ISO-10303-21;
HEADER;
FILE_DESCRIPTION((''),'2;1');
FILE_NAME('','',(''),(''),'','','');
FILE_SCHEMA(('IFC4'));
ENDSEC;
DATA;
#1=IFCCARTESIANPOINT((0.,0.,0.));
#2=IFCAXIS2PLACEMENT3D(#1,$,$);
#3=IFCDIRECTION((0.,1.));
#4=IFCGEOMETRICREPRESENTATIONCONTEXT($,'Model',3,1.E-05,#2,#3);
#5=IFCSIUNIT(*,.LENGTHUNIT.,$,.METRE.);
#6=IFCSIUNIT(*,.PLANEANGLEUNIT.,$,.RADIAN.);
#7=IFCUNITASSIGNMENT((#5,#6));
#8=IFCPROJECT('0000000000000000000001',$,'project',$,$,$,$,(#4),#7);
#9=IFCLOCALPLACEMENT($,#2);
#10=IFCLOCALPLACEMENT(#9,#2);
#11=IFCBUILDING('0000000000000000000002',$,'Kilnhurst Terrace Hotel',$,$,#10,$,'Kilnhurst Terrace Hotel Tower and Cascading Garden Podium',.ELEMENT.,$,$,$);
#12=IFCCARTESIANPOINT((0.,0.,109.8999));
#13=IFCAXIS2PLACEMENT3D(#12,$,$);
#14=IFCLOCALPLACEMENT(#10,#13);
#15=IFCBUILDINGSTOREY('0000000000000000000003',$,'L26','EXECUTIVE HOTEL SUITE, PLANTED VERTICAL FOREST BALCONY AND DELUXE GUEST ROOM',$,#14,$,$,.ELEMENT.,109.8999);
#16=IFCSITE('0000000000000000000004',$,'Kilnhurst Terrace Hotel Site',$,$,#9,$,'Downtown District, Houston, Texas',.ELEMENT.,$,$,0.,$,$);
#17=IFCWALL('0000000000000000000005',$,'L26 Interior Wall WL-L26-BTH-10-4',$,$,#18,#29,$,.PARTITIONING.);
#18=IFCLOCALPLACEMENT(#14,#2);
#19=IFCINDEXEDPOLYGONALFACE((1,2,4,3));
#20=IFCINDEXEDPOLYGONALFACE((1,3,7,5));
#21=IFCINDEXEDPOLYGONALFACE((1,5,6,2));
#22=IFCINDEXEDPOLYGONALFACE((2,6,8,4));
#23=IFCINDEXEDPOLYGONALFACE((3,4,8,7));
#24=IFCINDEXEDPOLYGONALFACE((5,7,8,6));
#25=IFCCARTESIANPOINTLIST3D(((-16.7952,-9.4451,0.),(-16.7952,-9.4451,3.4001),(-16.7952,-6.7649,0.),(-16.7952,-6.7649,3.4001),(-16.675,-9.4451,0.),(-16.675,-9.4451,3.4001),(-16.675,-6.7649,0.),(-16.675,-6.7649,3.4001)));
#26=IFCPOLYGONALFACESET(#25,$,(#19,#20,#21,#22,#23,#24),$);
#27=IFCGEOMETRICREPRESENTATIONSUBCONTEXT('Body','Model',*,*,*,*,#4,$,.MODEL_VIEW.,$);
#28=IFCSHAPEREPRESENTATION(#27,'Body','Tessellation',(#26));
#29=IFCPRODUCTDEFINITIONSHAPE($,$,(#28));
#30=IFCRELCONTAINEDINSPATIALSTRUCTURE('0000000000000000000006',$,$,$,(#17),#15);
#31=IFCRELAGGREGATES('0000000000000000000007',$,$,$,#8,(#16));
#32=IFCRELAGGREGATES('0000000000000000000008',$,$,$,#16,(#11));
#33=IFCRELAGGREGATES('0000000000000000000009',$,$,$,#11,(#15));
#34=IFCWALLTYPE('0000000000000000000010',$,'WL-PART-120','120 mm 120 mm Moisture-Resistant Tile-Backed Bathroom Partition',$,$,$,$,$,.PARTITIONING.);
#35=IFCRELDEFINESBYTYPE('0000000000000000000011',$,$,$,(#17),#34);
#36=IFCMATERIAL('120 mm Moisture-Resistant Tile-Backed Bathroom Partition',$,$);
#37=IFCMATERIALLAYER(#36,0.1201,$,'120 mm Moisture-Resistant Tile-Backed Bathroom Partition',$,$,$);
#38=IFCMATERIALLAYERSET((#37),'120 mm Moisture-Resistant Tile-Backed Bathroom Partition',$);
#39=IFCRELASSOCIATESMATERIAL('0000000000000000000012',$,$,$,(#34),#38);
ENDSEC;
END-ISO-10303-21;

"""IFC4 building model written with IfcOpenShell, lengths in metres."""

from ifc_helpers import new_model, si_unit, direction, frame, frame_2d, origin, place, context, subcontext, project, spatial, rectangle, extrude, material, layer, layer_set, type_object, element, save


model = new_model("IFC4")

# Units and contexts
model_context = context("Model", 3, precision=1e-05, world=origin(), true_north=direction((0.0, 1.0)))
body_context = subcontext(model_context, "Body", "Model", "MODEL_VIEW")
ifc_project = project(units=[si_unit("LENGTHUNIT", "METRE"), si_unit("PLANEANGLEUNIT", "RADIAN")], contexts=[model_context])

# Site, building, storey
site_placement = place(None, origin())
site = spatial("IfcSite", under=ifc_project, at=site_placement, Name="Kilnhurst Terrace Hotel Site", LongName="Downtown District, Houston, Texas", CompositionType="ELEMENT", RefElevation=0.0)
building_placement = place(site_placement, origin())
building = spatial("IfcBuilding", under=site, at=building_placement, Name="Kilnhurst Terrace Hotel", LongName="Kilnhurst Terrace Hotel Tower and Cascading Garden Podium", CompositionType="ELEMENT")
storey_placement = place(building_placement, frame((0.0, 0.0, 109.8999)))
storey = spatial("IfcBuildingStorey", under=building, at=storey_placement, Name="L26", Description="EXECUTIVE HOTEL SUITE, PLANTED VERTICAL FOREST BALCONY AND DELUXE GUEST ROOM", CompositionType="ELEMENT", Elevation=109.8999)

# Shared definitions
ifc_material_1 = material(Name="120 mm Moisture-Resistant Tile-Backed Bathroom Partition")
ifc_layer_1 = layer(ifc_material_1, 0.1201, Name="120 mm Moisture-Resistant Tile-Backed Bathroom Partition")
ifc_layer_set_1 = layer_set([ifc_layer_1], Name="120 mm Moisture-Resistant Tile-Backed Bathroom Partition")
wall_type_1 = type_object("IfcWallType", Name="WL-PART-120", Description="120 mm 120 mm Moisture-Resistant Tile-Backed Bathroom Partition", PredefinedType="PARTITIONING", material=ifc_layer_set_1)

# Wall
wall_1_placement = place(storey_placement, frame((-16.7351, -6.7649, 0.0), z_axis=(0.0, 0.0, 1.0), x_axis=(0.0, -1.0, 0.0)))
element("IfcWall", 1, at=wall_1_placement, inside=storey, type_object=wall_type_1, Name="L26 Interior Wall WL-L26-BTH-10-4", PredefinedType="PARTITIONING", context=body_context, shape_type="SweptSolid", body=[
    extrude(rectangle(XDim=2.6802, YDim=0.1201, at=frame_2d((1.3401, 0.0))), origin(), (0.0, 0.0, 1.0), 3.4001),
])

save(model, "model.ifc")
